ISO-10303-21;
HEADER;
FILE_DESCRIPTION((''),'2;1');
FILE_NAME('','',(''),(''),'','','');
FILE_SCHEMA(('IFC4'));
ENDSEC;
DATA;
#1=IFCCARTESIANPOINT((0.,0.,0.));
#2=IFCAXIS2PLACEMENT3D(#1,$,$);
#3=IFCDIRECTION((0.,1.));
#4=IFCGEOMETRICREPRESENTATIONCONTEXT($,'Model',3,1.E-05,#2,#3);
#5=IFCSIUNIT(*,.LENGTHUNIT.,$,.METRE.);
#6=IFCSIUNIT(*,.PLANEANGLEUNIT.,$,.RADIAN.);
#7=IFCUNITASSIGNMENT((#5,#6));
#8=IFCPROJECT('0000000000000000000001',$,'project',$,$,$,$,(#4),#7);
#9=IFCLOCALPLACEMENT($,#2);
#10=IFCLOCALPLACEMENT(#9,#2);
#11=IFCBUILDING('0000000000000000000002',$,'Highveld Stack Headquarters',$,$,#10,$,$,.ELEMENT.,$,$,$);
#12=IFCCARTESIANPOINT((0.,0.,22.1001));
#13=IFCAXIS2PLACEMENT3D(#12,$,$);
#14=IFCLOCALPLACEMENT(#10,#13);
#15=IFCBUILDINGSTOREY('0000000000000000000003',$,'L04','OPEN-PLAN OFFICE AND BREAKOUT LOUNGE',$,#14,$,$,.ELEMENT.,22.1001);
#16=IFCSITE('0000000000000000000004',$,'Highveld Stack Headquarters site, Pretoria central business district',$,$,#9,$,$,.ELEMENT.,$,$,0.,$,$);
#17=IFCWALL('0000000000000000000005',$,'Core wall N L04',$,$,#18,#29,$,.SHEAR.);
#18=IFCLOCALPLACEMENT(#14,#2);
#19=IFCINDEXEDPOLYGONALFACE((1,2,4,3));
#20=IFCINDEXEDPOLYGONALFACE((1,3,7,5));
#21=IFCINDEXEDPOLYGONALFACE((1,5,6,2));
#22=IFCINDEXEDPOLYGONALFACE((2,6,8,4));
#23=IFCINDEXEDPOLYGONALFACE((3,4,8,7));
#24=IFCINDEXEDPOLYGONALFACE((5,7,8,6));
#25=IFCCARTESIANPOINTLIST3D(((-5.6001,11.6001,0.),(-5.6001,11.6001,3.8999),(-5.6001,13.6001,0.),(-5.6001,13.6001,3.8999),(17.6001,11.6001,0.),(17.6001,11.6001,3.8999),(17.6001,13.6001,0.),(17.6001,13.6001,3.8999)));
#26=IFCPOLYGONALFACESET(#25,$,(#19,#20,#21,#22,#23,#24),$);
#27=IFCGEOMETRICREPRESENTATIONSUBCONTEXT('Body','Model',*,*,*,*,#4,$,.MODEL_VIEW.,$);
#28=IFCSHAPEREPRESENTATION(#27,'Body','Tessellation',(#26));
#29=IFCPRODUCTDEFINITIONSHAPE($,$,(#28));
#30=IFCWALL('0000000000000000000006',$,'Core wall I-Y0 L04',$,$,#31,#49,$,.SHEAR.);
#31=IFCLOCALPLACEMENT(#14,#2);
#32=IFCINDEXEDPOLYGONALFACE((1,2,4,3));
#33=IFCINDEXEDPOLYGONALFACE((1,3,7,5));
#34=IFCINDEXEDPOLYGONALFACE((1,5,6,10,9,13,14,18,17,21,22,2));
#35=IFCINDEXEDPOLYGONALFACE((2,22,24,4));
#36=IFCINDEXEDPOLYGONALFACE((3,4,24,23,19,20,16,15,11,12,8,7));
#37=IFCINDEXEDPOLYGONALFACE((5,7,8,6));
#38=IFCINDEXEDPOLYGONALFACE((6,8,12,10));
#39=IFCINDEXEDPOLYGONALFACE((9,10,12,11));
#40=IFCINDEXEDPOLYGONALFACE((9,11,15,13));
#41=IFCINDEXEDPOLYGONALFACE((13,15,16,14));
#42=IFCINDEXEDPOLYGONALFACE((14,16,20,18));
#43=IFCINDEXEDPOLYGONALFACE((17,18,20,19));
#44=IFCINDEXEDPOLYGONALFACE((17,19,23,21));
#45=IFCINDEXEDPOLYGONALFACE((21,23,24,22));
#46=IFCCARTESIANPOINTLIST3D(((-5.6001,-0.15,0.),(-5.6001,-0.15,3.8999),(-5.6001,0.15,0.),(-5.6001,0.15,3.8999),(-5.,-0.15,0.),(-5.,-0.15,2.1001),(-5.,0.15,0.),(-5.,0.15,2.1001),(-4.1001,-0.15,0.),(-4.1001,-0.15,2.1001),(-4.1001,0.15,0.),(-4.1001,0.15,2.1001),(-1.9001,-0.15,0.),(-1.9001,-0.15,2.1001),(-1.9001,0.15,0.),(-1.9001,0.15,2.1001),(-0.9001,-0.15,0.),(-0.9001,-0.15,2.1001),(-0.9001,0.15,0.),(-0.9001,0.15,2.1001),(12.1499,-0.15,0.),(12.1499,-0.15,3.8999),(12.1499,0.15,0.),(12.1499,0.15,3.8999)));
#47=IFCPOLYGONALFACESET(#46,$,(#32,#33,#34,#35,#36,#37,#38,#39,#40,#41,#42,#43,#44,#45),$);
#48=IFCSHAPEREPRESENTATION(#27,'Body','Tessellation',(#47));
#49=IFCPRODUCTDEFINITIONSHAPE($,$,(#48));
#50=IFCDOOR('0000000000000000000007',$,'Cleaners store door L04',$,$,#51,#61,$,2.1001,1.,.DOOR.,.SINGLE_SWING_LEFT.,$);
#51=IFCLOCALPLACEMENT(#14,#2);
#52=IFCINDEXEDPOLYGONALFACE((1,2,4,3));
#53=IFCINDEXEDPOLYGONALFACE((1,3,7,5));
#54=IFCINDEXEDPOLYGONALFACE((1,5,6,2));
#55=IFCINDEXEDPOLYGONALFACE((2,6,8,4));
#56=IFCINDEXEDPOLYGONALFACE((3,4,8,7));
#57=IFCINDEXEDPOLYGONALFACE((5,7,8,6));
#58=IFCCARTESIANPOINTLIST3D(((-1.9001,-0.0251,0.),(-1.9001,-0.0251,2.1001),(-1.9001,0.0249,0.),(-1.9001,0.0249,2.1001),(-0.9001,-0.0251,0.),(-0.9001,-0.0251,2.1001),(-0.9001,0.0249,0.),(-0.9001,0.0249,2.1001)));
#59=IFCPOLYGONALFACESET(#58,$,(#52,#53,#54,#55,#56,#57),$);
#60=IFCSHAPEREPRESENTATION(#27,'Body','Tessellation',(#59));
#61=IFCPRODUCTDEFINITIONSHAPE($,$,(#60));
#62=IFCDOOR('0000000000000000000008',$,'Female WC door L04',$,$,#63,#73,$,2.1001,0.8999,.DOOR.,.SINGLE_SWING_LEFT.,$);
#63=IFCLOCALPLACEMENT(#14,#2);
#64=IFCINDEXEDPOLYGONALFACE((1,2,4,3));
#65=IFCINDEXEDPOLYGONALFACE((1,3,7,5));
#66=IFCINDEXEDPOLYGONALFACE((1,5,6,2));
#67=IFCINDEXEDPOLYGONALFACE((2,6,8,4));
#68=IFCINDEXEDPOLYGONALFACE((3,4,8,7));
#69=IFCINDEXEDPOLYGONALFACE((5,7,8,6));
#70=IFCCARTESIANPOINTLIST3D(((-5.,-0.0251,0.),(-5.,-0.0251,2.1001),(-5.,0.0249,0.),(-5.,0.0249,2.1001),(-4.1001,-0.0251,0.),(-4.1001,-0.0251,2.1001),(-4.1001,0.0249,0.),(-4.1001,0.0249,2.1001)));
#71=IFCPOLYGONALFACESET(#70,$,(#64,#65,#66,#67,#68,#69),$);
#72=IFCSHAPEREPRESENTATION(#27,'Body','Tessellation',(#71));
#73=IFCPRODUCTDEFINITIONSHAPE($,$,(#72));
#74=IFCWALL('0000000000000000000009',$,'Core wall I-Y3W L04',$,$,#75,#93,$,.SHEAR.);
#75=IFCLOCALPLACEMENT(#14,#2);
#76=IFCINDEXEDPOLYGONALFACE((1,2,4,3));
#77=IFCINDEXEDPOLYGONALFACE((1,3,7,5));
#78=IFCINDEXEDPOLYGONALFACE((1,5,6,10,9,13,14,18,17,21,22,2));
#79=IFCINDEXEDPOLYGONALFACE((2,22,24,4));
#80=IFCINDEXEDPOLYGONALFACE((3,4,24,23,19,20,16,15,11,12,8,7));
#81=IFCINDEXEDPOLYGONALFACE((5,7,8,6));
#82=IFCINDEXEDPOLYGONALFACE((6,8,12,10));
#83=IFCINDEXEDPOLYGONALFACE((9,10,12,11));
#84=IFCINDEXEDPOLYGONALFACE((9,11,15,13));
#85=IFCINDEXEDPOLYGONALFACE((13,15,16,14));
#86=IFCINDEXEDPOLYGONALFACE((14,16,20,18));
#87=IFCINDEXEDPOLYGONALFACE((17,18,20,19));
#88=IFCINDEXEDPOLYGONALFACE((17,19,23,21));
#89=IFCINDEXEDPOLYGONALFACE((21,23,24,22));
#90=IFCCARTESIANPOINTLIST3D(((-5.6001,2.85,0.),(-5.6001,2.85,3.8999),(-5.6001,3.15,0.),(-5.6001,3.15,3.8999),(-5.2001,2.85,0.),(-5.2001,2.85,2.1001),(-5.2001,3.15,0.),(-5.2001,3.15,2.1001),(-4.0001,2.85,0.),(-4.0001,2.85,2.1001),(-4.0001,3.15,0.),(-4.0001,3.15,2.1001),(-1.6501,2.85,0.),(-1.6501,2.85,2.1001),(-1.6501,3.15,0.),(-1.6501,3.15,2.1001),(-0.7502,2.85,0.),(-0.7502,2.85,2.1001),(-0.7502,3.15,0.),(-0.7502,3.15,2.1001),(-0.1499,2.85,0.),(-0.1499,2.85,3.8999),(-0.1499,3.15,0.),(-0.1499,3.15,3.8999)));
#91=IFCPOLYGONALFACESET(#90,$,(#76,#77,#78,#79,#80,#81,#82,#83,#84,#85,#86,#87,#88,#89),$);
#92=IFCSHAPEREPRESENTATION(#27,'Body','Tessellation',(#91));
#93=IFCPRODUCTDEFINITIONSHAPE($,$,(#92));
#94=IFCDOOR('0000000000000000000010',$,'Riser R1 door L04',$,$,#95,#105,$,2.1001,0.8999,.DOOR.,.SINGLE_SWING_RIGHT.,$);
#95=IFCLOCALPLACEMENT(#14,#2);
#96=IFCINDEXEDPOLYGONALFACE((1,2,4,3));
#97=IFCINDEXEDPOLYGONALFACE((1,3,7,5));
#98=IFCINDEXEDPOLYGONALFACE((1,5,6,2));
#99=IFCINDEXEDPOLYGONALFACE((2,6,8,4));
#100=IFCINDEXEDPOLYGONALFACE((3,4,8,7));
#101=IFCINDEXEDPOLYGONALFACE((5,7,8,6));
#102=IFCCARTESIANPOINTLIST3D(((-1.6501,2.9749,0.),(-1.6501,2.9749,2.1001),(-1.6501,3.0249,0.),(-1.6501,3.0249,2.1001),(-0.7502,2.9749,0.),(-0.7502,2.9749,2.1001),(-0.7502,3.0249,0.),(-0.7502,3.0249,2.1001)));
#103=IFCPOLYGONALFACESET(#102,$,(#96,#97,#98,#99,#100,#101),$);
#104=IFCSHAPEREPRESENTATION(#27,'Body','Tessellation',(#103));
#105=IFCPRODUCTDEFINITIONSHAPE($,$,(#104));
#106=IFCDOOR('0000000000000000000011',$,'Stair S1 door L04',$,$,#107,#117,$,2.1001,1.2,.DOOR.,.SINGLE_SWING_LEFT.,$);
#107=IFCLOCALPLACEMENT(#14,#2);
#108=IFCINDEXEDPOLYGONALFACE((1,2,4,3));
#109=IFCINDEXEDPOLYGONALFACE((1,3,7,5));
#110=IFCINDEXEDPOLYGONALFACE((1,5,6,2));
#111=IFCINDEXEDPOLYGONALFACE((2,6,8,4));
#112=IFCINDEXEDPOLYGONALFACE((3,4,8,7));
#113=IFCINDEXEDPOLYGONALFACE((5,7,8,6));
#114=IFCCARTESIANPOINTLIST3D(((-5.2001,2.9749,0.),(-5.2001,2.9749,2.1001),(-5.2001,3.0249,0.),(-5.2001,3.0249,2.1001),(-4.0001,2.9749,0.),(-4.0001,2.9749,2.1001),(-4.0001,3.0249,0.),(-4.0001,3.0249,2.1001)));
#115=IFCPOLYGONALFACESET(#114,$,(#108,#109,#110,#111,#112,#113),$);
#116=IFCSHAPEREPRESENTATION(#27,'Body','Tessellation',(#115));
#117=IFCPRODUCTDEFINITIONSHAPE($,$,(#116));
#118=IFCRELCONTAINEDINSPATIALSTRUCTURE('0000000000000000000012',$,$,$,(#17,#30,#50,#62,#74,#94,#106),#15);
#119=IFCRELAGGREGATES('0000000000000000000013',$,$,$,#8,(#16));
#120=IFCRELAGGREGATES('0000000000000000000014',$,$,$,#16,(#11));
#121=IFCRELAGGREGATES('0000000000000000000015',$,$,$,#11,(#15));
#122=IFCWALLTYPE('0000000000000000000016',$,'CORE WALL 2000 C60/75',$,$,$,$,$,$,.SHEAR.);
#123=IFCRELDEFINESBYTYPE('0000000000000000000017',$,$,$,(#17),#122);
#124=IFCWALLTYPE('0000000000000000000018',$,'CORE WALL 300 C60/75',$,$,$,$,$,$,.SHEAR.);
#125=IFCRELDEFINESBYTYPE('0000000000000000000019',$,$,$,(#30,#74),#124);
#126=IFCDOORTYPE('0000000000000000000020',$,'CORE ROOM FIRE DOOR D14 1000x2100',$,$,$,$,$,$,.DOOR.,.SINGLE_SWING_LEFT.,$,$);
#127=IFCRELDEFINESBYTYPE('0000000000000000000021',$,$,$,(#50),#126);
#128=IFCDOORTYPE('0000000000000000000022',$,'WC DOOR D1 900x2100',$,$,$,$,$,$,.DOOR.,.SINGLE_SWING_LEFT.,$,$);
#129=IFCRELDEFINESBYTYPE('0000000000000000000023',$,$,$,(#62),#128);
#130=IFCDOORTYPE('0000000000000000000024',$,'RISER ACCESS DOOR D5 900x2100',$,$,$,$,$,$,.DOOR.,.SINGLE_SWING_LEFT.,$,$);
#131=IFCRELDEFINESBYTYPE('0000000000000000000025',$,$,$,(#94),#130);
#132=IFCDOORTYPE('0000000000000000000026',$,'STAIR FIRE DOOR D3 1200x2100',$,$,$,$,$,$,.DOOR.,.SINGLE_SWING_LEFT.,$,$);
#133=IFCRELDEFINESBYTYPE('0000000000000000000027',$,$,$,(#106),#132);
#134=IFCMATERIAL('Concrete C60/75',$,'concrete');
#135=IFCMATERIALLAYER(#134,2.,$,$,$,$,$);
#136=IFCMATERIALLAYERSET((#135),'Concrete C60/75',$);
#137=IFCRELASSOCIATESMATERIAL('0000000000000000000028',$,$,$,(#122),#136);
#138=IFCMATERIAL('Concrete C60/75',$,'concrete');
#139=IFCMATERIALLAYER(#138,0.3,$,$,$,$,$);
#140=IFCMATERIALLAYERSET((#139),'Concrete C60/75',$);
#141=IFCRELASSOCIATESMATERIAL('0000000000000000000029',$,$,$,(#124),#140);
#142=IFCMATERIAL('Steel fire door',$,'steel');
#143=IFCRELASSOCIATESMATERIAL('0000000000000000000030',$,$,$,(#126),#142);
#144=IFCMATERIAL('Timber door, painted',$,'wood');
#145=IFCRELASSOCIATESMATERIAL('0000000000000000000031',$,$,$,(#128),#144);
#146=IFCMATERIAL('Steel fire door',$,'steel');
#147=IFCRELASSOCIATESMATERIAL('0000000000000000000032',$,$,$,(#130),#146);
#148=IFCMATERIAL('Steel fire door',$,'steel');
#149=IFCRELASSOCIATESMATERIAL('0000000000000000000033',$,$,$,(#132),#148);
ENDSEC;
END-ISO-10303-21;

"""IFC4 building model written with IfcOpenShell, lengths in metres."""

from ifc_helpers import new_model, si_unit, direction, frame, frame_2d, origin, place, context, subcontext, project, spatial, rectangle, extrude, material, layer, layer_set, type_object, element, fill, save


model = new_model("IFC4")

# Units and contexts
model_context = context("Model", 3, precision=1e-05, world=origin(), true_north=direction((0.0, 1.0)))
body_context = subcontext(model_context, "Body", "Model", "MODEL_VIEW")
ifc_project = project(units=[si_unit("LENGTHUNIT", "METRE"), si_unit("PLANEANGLEUNIT", "RADIAN")], contexts=[model_context])

# Site, building, storey
site_placement = place(None, origin())
site = spatial("IfcSite", under=ifc_project, at=site_placement, Name="Highveld Stack Headquarters site, Pretoria central business district", CompositionType="ELEMENT", RefElevation=0.0)
building_placement = place(site_placement, origin())
building = spatial("IfcBuilding", under=site, at=building_placement, Name="Highveld Stack Headquarters", CompositionType="ELEMENT")
storey_placement = place(building_placement, frame((0.0, 0.0, 22.1001)))
storey = spatial("IfcBuildingStorey", under=building, at=storey_placement, Name="L04", Description="OPEN-PLAN OFFICE AND BREAKOUT LOUNGE", CompositionType="ELEMENT", Elevation=22.1001)

# Wall
ifc_material_1 = material(Name="Concrete C60/75", Category="concrete")
ifc_layer_1 = layer(ifc_material_1, 2.0)
ifc_layer_set_1 = layer_set([ifc_layer_1], Name="Concrete C60/75")
wall_type_1 = type_object("IfcWallType", Name="CORE WALL 2000 C60/75", PredefinedType="SHEAR", material=ifc_layer_set_1)
wall_1_placement = place(storey_placement, frame((-5.6001, 12.6001, 0.0), z_axis=(0.0, 0.0, 1.0), x_axis=(1.0, 0.0, 0.0)))
element("IfcWall", 1, at=wall_1_placement, inside=storey, type_object=wall_type_1, Name="Core wall N L04", PredefinedType="SHEAR", context=body_context, shape_type="SweptSolid", body=[
    extrude(rectangle(XDim=23.2002, YDim=2.0, at=frame_2d((11.6001, 0.0))), origin(), (0.0, 0.0, 1.0), 3.8999),
])

# Walls, openings, doors
ifc_material_2 = material(Name="Concrete C60/75", Category="concrete")
ifc_layer_2 = layer(ifc_material_2, 0.3)
ifc_layer_set_2 = layer_set([ifc_layer_2], Name="Concrete C60/75")
wall_type_2 = type_object("IfcWallType", Name="CORE WALL 300 C60/75", PredefinedType="SHEAR", material=ifc_layer_set_2)
wall_2_placement = place(storey_placement, frame((-5.6001, 0.0, 0.0), z_axis=(0.0, 0.0, 1.0), x_axis=(1.0, 0.0, 0.0)))
wall_2 = element("IfcWall", 2, at=wall_2_placement, inside=storey, type_object=wall_type_2, Name="Core wall I-Y0 L04", PredefinedType="SHEAR", context=body_context, shape_type="SweptSolid", body=[
    extrude(rectangle(XDim=17.75, YDim=0.3, at=frame_2d((8.875, 0.0))), origin(), (0.0, 0.0, 1.0), 3.8999),
])
opening_1_placement = place(wall_2_placement, frame((0.6001, 0.0, 0.0)))
opening_1 = element("IfcOpeningElement", 3, at=opening_1_placement, cuts=wall_2, PredefinedType="OPENING", context=body_context, shape_type="SweptSolid", body=[
    extrude(rectangle(XDim=0.8999, YDim=2.1001, at=frame_2d((0.45, 1.05))), frame((0.0, 0.1599, 0.0), z_axis=(0.0, -1.0, 0.0), x_axis=(1.0, 0.0, 0.0)), (0.0, 0.0, 1.0), 0.3201),
])
opening_2_placement = place(wall_2_placement, frame((3.7, 0.0, 0.0)))
opening_2 = element("IfcOpeningElement", 4, at=opening_2_placement, cuts=wall_2, PredefinedType="OPENING", context=body_context, shape_type="SweptSolid", body=[
    extrude(rectangle(XDim=1.0, YDim=2.1001, at=frame_2d((0.5, 1.05))), frame((0.0, 0.1599, 0.0), z_axis=(0.0, -1.0, 0.0), x_axis=(1.0, 0.0, 0.0)), (0.0, 0.0, 1.0), 0.3201),
])
ifc_material_3 = material(Name="Steel fire door", Category="steel")
door_type_1 = type_object("IfcDoorType", Name="CORE ROOM FIRE DOOR D14 1000x2100", OperationType="SINGLE_SWING_LEFT", PredefinedType="DOOR", material=ifc_material_3)
door_1_placement = place(opening_2_placement, origin())
door_1 = element("IfcDoor", 5, at=door_1_placement, inside=storey, type_object=door_type_1, Name="Cleaners store door L04", OperationType="SINGLE_SWING_LEFT", OverallHeight=2.1001, OverallWidth=1.0, PredefinedType="DOOR", context=body_context, shape_type="SweptSolid", body=[
    extrude(rectangle(XDim=1.0, YDim=2.1001, at=frame_2d((0.5, 1.05))), frame((0.0, 0.0249, 0.0), z_axis=(0.0, -1.0, 0.0), x_axis=(1.0, 0.0, 0.0)), (0.0, 0.0, 1.0), 0.05),
])
fill(opening_2, door_1)
ifc_material_4 = material(Name="Timber door, painted", Category="wood")
door_type_2 = type_object("IfcDoorType", Name="WC DOOR D1 900x2100", OperationType="SINGLE_SWING_LEFT", PredefinedType="DOOR", material=ifc_material_4)
door_2_placement = place(opening_1_placement, origin())
door_2 = element("IfcDoor", 6, at=door_2_placement, inside=storey, type_object=door_type_2, Name="Female WC door L04", OperationType="SINGLE_SWING_LEFT", OverallHeight=2.1001, OverallWidth=0.8999, PredefinedType="DOOR", context=body_context, shape_type="SweptSolid", body=[
    extrude(rectangle(XDim=0.8999, YDim=2.1001, at=frame_2d((0.45, 1.05))), frame((0.0, 0.0249, 0.0), z_axis=(0.0, -1.0, 0.0), x_axis=(1.0, 0.0, 0.0)), (0.0, 0.0, 1.0), 0.05),
])
fill(opening_1, door_2)
wall_3_placement = place(storey_placement, frame((-5.6001, 3.0, 0.0), z_axis=(0.0, 0.0, 1.0), x_axis=(1.0, 0.0, 0.0)))
wall_3 = element("IfcWall", 7, at=wall_3_placement, inside=storey, type_object=wall_type_2, Name="Core wall I-Y3W L04", PredefinedType="SHEAR", context=body_context, shape_type="SweptSolid", body=[
    extrude(rectangle(XDim=5.4502, YDim=0.3, at=frame_2d((2.7251, 0.0))), origin(), (0.0, 0.0, 1.0), 3.8999),
])
opening_3_placement = place(wall_3_placement, frame((0.3999, 0.0, 0.0)))
opening_3 = element("IfcOpeningElement", 8, at=opening_3_placement, cuts=wall_3, PredefinedType="OPENING", context=body_context, shape_type="SweptSolid", body=[
    extrude(rectangle(XDim=1.2, YDim=2.1001, at=frame_2d((0.6001, 1.05))), frame((0.0, 0.1599, 0.0), z_axis=(0.0, -1.0, 0.0), x_axis=(1.0, 0.0, 0.0)), (0.0, 0.0, 1.0), 0.3201),
])
opening_4_placement = place(wall_3_placement, frame((3.95, 0.0, 0.0)))
opening_4 = element("IfcOpeningElement", 9, at=opening_4_placement, cuts=wall_3, PredefinedType="OPENING", context=body_context, shape_type="SweptSolid", body=[
    extrude(rectangle(XDim=0.8999, YDim=2.1001, at=frame_2d((0.45, 1.05))), frame((0.0, 0.1599, 0.0), z_axis=(0.0, -1.0, 0.0), x_axis=(1.0, 0.0, 0.0)), (0.0, 0.0, 1.0), 0.3201),
])
ifc_material_5 = material(Name="Steel fire door", Category="steel")
door_type_3 = type_object("IfcDoorType", Name="RISER ACCESS DOOR D5 900x2100", OperationType="SINGLE_SWING_LEFT", PredefinedType="DOOR", material=ifc_material_5)
door_3_placement = place(opening_4_placement, origin())
door_3 = element("IfcDoor", 10, at=door_3_placement, inside=storey, type_object=door_type_3, Name="Riser R1 door L04", OperationType="SINGLE_SWING_RIGHT", OverallHeight=2.1001, OverallWidth=0.8999, PredefinedType="DOOR", context=body_context, shape_type="SweptSolid", body=[
    extrude(rectangle(XDim=0.8999, YDim=2.1001, at=frame_2d((0.45, 1.05))), frame((0.0, 0.0249, 0.0), z_axis=(0.0, -1.0, 0.0), x_axis=(1.0, 0.0, 0.0)), (0.0, 0.0, 1.0), 0.05),
])
fill(opening_4, door_3)
ifc_material_6 = material(Name="Steel fire door", Category="steel")
door_type_4 = type_object("IfcDoorType", Name="STAIR FIRE DOOR D3 1200x2100", OperationType="SINGLE_SWING_LEFT", PredefinedType="DOOR", material=ifc_material_6)
door_4_placement = place(opening_3_placement, origin())
door_4 = element("IfcDoor", 11, at=door_4_placement, inside=storey, type_object=door_type_4, Name="Stair S1 door L04", OperationType="SINGLE_SWING_LEFT", OverallHeight=2.1001, OverallWidth=1.2, PredefinedType="DOOR", context=body_context, shape_type="SweptSolid", body=[
    extrude(rectangle(XDim=1.2, YDim=2.1001, at=frame_2d((0.6001, 1.05))), frame((0.0, 0.0249, 0.0), z_axis=(0.0, -1.0, 0.0), x_axis=(1.0, 0.0, 0.0)), (0.0, 0.0, 1.0), 0.05),
])
fill(opening_3, door_4)

save(model, "model.ifc")
